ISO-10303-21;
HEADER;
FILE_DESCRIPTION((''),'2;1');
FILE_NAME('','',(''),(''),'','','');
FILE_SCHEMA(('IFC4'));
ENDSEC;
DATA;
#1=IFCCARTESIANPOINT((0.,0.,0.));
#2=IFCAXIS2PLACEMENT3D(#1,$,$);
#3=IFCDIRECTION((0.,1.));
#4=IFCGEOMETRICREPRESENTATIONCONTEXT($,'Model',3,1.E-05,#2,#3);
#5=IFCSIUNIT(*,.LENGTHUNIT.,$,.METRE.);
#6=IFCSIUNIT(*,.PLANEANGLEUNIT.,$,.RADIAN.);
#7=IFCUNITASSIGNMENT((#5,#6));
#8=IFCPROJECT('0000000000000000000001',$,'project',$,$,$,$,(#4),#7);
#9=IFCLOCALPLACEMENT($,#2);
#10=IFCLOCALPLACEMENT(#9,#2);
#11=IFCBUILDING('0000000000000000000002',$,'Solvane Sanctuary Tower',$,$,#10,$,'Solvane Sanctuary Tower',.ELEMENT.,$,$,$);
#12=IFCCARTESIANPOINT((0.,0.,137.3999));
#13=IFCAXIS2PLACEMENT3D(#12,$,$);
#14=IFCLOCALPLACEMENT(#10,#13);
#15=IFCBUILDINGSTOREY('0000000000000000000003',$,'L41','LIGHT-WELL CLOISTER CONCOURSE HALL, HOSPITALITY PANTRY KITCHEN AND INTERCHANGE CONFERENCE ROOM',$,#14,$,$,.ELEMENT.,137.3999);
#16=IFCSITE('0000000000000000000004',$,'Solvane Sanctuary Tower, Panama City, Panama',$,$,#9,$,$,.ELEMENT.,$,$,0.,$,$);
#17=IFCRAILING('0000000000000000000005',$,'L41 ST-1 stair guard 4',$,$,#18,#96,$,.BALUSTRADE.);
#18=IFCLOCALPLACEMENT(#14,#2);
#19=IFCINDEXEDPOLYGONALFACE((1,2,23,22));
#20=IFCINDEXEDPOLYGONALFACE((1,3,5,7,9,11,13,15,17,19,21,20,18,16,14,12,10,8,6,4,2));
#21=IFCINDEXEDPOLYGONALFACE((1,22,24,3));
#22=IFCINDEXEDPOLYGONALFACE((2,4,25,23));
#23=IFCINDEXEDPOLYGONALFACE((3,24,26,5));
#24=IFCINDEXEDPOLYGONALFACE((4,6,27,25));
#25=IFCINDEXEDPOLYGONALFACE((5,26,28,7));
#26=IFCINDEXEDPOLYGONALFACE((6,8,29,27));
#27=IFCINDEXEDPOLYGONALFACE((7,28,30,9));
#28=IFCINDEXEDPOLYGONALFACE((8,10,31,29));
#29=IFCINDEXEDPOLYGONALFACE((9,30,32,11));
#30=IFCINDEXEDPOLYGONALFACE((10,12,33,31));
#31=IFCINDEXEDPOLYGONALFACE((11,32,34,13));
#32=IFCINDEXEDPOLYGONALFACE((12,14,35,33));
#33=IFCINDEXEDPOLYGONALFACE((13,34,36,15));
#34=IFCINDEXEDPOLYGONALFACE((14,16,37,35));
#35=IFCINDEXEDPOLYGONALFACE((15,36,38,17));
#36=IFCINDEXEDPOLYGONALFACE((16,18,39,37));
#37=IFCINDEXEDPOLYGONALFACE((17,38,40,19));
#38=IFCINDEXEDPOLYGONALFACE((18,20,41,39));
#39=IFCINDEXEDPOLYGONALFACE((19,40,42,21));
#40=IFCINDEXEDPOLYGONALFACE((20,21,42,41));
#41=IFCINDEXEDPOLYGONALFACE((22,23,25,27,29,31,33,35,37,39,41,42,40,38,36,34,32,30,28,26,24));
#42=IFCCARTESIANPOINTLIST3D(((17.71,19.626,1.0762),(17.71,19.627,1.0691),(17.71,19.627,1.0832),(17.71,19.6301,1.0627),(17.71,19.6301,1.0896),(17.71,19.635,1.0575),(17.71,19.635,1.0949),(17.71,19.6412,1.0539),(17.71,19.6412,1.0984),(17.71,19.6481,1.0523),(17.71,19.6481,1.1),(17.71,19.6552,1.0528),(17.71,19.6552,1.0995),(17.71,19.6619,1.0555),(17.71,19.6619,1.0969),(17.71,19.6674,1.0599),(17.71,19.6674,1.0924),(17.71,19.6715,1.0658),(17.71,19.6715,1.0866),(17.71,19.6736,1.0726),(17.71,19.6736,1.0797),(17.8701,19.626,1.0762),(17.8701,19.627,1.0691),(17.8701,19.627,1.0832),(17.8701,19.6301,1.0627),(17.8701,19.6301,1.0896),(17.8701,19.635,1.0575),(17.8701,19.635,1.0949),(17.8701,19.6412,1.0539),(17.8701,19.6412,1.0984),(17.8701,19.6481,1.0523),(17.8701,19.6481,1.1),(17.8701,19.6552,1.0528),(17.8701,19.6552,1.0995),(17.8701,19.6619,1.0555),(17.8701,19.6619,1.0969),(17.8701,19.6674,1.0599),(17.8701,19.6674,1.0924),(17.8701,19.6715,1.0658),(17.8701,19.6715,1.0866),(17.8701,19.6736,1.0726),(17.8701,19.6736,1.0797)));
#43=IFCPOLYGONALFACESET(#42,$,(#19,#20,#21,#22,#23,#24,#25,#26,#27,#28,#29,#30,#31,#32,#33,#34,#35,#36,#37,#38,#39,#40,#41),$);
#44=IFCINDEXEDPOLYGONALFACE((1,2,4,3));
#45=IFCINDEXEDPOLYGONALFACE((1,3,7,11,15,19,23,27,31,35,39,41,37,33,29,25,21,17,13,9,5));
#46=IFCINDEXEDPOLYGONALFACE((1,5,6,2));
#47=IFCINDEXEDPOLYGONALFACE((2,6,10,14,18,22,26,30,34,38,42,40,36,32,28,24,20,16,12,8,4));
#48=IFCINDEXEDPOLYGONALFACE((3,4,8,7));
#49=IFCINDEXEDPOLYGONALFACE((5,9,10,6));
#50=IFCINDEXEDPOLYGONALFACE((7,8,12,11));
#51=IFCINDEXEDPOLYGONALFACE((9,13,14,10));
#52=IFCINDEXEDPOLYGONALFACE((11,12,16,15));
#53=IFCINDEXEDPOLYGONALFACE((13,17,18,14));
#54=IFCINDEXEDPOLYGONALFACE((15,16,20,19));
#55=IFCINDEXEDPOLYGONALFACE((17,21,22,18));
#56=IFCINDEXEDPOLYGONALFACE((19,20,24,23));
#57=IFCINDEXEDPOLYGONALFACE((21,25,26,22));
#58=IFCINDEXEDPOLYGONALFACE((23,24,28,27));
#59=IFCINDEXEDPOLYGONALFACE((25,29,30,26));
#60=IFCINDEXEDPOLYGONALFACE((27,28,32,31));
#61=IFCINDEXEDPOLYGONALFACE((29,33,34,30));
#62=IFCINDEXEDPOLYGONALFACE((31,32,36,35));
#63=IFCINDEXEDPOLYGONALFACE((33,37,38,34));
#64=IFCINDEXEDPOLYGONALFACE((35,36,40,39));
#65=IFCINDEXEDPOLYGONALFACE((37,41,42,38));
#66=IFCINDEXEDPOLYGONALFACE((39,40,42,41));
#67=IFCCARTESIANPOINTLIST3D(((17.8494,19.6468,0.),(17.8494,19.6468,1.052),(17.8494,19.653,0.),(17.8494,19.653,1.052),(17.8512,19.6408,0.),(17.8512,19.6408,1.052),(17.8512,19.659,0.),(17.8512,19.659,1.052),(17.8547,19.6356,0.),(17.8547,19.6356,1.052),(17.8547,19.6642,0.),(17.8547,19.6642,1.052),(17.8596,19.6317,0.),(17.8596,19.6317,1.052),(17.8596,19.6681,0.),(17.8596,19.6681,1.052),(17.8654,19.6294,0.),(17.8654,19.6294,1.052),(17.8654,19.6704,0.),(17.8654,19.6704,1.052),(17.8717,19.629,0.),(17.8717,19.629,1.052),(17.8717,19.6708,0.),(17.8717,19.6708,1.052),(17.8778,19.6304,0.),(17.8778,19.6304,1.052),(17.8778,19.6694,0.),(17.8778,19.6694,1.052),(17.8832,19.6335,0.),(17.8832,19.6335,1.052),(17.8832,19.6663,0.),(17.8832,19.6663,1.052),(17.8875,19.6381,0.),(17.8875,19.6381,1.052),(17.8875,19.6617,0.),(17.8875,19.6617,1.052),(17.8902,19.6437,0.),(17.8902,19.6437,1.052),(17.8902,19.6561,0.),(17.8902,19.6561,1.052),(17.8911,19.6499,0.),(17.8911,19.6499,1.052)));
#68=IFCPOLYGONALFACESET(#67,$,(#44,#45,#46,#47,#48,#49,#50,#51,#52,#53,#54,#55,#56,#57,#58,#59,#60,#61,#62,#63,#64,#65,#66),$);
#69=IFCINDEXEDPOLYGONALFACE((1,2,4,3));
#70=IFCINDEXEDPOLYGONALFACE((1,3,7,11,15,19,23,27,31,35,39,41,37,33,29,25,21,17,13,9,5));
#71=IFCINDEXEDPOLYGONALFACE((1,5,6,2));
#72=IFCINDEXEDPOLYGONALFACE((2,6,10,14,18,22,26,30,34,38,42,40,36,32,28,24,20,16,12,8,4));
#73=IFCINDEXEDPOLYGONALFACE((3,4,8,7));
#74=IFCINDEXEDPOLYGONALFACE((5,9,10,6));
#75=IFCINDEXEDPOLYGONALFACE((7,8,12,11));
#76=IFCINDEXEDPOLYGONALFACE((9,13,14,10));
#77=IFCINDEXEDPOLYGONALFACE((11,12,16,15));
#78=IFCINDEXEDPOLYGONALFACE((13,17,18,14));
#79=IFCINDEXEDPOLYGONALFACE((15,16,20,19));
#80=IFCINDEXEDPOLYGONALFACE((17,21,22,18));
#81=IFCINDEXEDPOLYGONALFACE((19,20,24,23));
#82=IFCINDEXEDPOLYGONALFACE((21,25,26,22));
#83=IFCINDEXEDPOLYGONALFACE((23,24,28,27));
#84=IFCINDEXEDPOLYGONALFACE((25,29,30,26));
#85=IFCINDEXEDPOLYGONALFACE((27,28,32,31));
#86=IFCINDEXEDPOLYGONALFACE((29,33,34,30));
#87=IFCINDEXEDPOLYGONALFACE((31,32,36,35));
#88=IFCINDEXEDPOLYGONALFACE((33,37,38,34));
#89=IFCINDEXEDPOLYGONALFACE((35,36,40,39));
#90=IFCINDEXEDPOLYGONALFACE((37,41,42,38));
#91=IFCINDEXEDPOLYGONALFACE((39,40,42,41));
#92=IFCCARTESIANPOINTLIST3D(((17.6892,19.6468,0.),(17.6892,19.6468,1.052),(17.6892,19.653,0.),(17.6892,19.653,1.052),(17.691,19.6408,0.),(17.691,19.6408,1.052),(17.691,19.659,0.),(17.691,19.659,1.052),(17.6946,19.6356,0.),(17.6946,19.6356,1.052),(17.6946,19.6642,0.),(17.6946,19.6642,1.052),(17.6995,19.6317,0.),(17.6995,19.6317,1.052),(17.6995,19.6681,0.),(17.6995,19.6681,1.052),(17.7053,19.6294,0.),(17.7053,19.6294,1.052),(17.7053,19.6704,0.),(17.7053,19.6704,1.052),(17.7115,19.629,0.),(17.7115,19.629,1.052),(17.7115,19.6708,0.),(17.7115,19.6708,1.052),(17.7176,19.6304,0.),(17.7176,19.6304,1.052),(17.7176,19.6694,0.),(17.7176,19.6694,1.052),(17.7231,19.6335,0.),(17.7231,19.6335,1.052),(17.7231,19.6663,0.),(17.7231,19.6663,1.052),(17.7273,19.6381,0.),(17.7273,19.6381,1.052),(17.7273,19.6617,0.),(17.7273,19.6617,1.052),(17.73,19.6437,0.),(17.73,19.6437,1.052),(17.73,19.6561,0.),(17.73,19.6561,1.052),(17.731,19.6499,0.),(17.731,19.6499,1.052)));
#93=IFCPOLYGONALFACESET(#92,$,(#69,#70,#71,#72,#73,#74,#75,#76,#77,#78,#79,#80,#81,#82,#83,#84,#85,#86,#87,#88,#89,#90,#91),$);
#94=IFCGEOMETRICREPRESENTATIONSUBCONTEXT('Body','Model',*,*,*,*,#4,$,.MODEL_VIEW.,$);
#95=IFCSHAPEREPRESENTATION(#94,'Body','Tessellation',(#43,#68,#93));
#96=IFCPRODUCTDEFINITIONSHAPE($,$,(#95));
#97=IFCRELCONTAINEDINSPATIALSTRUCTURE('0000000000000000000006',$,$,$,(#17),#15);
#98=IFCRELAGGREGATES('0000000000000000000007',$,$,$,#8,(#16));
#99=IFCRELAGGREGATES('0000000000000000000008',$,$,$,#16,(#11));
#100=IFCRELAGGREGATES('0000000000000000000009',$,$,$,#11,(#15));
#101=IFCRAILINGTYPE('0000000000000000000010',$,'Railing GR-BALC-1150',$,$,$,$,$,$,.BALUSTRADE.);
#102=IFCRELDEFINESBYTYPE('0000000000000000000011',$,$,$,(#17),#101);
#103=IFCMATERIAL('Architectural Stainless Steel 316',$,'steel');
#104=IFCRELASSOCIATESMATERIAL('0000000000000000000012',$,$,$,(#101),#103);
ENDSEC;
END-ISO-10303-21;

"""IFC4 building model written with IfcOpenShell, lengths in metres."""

from ifc_helpers import new_model, si_unit, direction, frame, origin, origin_2d, place, context, subcontext, project, spatial, circle, extrude, material, type_object, element, save


model = new_model("IFC4")

# Units and contexts
model_context = context("Model", 3, precision=1e-05, world=origin(), true_north=direction((0.0, 1.0)))
body_context = subcontext(model_context, "Body", "Model", "MODEL_VIEW")
ifc_project = project(units=[si_unit("LENGTHUNIT", "METRE"), si_unit("PLANEANGLEUNIT", "RADIAN")], contexts=[model_context])

# Site, building, storey
site_placement = place(None, origin())
site = spatial("IfcSite", under=ifc_project, at=site_placement, Name="Solvane Sanctuary Tower, Panama City, Panama", CompositionType="ELEMENT", RefElevation=0.0)
building_placement = place(site_placement, origin())
building = spatial("IfcBuilding", under=site, at=building_placement, Name="Solvane Sanctuary Tower", LongName="Solvane Sanctuary Tower", CompositionType="ELEMENT")
storey_placement = place(building_placement, frame((0.0, 0.0, 137.3999)))
storey = spatial("IfcBuildingStorey", under=building, at=storey_placement, Name="L41", Description="LIGHT-WELL CLOISTER CONCOURSE HALL, HOSPITALITY PANTRY KITCHEN AND INTERCHANGE CONFERENCE ROOM", CompositionType="ELEMENT", Elevation=137.3999)

# Shared definitions
ifc_material_1 = material(Name="Architectural Stainless Steel 316", Category="steel")

# Railing
railing_type_1 = type_object("IfcRailingType", Name="Railing GR-BALC-1150", PredefinedType="BALUSTRADE", material=ifc_material_1)
railing_1_placement = place(storey_placement, frame((17.8701, 19.6499, 0.0)))
element("IfcRailing", 1, at=railing_1_placement, inside=storey, type_object=railing_type_1, Name="L41 ST-1 stair guard 4", PredefinedType="BALUSTRADE", context=body_context, shape_type="SweptSolid", body=[
    extrude(circle(Radius=0.0239, at=origin_2d()), frame((0.0, 0.0, 1.0762), z_axis=(-1.0, 0.0, 0.0), x_axis=(0.0, -1.0, 0.0)), (0.0, 0.0, 1.0), 0.1602),
    extrude(circle(Radius=0.021, at=origin_2d()), origin(), (0.0, 0.0, 1.0), 1.052),
    extrude(circle(Radius=0.021, at=origin_2d()), frame((-0.1602, 0.0, 0.0)), (0.0, 0.0, 1.0), 1.052),
])

save(model, "model.ifc")
